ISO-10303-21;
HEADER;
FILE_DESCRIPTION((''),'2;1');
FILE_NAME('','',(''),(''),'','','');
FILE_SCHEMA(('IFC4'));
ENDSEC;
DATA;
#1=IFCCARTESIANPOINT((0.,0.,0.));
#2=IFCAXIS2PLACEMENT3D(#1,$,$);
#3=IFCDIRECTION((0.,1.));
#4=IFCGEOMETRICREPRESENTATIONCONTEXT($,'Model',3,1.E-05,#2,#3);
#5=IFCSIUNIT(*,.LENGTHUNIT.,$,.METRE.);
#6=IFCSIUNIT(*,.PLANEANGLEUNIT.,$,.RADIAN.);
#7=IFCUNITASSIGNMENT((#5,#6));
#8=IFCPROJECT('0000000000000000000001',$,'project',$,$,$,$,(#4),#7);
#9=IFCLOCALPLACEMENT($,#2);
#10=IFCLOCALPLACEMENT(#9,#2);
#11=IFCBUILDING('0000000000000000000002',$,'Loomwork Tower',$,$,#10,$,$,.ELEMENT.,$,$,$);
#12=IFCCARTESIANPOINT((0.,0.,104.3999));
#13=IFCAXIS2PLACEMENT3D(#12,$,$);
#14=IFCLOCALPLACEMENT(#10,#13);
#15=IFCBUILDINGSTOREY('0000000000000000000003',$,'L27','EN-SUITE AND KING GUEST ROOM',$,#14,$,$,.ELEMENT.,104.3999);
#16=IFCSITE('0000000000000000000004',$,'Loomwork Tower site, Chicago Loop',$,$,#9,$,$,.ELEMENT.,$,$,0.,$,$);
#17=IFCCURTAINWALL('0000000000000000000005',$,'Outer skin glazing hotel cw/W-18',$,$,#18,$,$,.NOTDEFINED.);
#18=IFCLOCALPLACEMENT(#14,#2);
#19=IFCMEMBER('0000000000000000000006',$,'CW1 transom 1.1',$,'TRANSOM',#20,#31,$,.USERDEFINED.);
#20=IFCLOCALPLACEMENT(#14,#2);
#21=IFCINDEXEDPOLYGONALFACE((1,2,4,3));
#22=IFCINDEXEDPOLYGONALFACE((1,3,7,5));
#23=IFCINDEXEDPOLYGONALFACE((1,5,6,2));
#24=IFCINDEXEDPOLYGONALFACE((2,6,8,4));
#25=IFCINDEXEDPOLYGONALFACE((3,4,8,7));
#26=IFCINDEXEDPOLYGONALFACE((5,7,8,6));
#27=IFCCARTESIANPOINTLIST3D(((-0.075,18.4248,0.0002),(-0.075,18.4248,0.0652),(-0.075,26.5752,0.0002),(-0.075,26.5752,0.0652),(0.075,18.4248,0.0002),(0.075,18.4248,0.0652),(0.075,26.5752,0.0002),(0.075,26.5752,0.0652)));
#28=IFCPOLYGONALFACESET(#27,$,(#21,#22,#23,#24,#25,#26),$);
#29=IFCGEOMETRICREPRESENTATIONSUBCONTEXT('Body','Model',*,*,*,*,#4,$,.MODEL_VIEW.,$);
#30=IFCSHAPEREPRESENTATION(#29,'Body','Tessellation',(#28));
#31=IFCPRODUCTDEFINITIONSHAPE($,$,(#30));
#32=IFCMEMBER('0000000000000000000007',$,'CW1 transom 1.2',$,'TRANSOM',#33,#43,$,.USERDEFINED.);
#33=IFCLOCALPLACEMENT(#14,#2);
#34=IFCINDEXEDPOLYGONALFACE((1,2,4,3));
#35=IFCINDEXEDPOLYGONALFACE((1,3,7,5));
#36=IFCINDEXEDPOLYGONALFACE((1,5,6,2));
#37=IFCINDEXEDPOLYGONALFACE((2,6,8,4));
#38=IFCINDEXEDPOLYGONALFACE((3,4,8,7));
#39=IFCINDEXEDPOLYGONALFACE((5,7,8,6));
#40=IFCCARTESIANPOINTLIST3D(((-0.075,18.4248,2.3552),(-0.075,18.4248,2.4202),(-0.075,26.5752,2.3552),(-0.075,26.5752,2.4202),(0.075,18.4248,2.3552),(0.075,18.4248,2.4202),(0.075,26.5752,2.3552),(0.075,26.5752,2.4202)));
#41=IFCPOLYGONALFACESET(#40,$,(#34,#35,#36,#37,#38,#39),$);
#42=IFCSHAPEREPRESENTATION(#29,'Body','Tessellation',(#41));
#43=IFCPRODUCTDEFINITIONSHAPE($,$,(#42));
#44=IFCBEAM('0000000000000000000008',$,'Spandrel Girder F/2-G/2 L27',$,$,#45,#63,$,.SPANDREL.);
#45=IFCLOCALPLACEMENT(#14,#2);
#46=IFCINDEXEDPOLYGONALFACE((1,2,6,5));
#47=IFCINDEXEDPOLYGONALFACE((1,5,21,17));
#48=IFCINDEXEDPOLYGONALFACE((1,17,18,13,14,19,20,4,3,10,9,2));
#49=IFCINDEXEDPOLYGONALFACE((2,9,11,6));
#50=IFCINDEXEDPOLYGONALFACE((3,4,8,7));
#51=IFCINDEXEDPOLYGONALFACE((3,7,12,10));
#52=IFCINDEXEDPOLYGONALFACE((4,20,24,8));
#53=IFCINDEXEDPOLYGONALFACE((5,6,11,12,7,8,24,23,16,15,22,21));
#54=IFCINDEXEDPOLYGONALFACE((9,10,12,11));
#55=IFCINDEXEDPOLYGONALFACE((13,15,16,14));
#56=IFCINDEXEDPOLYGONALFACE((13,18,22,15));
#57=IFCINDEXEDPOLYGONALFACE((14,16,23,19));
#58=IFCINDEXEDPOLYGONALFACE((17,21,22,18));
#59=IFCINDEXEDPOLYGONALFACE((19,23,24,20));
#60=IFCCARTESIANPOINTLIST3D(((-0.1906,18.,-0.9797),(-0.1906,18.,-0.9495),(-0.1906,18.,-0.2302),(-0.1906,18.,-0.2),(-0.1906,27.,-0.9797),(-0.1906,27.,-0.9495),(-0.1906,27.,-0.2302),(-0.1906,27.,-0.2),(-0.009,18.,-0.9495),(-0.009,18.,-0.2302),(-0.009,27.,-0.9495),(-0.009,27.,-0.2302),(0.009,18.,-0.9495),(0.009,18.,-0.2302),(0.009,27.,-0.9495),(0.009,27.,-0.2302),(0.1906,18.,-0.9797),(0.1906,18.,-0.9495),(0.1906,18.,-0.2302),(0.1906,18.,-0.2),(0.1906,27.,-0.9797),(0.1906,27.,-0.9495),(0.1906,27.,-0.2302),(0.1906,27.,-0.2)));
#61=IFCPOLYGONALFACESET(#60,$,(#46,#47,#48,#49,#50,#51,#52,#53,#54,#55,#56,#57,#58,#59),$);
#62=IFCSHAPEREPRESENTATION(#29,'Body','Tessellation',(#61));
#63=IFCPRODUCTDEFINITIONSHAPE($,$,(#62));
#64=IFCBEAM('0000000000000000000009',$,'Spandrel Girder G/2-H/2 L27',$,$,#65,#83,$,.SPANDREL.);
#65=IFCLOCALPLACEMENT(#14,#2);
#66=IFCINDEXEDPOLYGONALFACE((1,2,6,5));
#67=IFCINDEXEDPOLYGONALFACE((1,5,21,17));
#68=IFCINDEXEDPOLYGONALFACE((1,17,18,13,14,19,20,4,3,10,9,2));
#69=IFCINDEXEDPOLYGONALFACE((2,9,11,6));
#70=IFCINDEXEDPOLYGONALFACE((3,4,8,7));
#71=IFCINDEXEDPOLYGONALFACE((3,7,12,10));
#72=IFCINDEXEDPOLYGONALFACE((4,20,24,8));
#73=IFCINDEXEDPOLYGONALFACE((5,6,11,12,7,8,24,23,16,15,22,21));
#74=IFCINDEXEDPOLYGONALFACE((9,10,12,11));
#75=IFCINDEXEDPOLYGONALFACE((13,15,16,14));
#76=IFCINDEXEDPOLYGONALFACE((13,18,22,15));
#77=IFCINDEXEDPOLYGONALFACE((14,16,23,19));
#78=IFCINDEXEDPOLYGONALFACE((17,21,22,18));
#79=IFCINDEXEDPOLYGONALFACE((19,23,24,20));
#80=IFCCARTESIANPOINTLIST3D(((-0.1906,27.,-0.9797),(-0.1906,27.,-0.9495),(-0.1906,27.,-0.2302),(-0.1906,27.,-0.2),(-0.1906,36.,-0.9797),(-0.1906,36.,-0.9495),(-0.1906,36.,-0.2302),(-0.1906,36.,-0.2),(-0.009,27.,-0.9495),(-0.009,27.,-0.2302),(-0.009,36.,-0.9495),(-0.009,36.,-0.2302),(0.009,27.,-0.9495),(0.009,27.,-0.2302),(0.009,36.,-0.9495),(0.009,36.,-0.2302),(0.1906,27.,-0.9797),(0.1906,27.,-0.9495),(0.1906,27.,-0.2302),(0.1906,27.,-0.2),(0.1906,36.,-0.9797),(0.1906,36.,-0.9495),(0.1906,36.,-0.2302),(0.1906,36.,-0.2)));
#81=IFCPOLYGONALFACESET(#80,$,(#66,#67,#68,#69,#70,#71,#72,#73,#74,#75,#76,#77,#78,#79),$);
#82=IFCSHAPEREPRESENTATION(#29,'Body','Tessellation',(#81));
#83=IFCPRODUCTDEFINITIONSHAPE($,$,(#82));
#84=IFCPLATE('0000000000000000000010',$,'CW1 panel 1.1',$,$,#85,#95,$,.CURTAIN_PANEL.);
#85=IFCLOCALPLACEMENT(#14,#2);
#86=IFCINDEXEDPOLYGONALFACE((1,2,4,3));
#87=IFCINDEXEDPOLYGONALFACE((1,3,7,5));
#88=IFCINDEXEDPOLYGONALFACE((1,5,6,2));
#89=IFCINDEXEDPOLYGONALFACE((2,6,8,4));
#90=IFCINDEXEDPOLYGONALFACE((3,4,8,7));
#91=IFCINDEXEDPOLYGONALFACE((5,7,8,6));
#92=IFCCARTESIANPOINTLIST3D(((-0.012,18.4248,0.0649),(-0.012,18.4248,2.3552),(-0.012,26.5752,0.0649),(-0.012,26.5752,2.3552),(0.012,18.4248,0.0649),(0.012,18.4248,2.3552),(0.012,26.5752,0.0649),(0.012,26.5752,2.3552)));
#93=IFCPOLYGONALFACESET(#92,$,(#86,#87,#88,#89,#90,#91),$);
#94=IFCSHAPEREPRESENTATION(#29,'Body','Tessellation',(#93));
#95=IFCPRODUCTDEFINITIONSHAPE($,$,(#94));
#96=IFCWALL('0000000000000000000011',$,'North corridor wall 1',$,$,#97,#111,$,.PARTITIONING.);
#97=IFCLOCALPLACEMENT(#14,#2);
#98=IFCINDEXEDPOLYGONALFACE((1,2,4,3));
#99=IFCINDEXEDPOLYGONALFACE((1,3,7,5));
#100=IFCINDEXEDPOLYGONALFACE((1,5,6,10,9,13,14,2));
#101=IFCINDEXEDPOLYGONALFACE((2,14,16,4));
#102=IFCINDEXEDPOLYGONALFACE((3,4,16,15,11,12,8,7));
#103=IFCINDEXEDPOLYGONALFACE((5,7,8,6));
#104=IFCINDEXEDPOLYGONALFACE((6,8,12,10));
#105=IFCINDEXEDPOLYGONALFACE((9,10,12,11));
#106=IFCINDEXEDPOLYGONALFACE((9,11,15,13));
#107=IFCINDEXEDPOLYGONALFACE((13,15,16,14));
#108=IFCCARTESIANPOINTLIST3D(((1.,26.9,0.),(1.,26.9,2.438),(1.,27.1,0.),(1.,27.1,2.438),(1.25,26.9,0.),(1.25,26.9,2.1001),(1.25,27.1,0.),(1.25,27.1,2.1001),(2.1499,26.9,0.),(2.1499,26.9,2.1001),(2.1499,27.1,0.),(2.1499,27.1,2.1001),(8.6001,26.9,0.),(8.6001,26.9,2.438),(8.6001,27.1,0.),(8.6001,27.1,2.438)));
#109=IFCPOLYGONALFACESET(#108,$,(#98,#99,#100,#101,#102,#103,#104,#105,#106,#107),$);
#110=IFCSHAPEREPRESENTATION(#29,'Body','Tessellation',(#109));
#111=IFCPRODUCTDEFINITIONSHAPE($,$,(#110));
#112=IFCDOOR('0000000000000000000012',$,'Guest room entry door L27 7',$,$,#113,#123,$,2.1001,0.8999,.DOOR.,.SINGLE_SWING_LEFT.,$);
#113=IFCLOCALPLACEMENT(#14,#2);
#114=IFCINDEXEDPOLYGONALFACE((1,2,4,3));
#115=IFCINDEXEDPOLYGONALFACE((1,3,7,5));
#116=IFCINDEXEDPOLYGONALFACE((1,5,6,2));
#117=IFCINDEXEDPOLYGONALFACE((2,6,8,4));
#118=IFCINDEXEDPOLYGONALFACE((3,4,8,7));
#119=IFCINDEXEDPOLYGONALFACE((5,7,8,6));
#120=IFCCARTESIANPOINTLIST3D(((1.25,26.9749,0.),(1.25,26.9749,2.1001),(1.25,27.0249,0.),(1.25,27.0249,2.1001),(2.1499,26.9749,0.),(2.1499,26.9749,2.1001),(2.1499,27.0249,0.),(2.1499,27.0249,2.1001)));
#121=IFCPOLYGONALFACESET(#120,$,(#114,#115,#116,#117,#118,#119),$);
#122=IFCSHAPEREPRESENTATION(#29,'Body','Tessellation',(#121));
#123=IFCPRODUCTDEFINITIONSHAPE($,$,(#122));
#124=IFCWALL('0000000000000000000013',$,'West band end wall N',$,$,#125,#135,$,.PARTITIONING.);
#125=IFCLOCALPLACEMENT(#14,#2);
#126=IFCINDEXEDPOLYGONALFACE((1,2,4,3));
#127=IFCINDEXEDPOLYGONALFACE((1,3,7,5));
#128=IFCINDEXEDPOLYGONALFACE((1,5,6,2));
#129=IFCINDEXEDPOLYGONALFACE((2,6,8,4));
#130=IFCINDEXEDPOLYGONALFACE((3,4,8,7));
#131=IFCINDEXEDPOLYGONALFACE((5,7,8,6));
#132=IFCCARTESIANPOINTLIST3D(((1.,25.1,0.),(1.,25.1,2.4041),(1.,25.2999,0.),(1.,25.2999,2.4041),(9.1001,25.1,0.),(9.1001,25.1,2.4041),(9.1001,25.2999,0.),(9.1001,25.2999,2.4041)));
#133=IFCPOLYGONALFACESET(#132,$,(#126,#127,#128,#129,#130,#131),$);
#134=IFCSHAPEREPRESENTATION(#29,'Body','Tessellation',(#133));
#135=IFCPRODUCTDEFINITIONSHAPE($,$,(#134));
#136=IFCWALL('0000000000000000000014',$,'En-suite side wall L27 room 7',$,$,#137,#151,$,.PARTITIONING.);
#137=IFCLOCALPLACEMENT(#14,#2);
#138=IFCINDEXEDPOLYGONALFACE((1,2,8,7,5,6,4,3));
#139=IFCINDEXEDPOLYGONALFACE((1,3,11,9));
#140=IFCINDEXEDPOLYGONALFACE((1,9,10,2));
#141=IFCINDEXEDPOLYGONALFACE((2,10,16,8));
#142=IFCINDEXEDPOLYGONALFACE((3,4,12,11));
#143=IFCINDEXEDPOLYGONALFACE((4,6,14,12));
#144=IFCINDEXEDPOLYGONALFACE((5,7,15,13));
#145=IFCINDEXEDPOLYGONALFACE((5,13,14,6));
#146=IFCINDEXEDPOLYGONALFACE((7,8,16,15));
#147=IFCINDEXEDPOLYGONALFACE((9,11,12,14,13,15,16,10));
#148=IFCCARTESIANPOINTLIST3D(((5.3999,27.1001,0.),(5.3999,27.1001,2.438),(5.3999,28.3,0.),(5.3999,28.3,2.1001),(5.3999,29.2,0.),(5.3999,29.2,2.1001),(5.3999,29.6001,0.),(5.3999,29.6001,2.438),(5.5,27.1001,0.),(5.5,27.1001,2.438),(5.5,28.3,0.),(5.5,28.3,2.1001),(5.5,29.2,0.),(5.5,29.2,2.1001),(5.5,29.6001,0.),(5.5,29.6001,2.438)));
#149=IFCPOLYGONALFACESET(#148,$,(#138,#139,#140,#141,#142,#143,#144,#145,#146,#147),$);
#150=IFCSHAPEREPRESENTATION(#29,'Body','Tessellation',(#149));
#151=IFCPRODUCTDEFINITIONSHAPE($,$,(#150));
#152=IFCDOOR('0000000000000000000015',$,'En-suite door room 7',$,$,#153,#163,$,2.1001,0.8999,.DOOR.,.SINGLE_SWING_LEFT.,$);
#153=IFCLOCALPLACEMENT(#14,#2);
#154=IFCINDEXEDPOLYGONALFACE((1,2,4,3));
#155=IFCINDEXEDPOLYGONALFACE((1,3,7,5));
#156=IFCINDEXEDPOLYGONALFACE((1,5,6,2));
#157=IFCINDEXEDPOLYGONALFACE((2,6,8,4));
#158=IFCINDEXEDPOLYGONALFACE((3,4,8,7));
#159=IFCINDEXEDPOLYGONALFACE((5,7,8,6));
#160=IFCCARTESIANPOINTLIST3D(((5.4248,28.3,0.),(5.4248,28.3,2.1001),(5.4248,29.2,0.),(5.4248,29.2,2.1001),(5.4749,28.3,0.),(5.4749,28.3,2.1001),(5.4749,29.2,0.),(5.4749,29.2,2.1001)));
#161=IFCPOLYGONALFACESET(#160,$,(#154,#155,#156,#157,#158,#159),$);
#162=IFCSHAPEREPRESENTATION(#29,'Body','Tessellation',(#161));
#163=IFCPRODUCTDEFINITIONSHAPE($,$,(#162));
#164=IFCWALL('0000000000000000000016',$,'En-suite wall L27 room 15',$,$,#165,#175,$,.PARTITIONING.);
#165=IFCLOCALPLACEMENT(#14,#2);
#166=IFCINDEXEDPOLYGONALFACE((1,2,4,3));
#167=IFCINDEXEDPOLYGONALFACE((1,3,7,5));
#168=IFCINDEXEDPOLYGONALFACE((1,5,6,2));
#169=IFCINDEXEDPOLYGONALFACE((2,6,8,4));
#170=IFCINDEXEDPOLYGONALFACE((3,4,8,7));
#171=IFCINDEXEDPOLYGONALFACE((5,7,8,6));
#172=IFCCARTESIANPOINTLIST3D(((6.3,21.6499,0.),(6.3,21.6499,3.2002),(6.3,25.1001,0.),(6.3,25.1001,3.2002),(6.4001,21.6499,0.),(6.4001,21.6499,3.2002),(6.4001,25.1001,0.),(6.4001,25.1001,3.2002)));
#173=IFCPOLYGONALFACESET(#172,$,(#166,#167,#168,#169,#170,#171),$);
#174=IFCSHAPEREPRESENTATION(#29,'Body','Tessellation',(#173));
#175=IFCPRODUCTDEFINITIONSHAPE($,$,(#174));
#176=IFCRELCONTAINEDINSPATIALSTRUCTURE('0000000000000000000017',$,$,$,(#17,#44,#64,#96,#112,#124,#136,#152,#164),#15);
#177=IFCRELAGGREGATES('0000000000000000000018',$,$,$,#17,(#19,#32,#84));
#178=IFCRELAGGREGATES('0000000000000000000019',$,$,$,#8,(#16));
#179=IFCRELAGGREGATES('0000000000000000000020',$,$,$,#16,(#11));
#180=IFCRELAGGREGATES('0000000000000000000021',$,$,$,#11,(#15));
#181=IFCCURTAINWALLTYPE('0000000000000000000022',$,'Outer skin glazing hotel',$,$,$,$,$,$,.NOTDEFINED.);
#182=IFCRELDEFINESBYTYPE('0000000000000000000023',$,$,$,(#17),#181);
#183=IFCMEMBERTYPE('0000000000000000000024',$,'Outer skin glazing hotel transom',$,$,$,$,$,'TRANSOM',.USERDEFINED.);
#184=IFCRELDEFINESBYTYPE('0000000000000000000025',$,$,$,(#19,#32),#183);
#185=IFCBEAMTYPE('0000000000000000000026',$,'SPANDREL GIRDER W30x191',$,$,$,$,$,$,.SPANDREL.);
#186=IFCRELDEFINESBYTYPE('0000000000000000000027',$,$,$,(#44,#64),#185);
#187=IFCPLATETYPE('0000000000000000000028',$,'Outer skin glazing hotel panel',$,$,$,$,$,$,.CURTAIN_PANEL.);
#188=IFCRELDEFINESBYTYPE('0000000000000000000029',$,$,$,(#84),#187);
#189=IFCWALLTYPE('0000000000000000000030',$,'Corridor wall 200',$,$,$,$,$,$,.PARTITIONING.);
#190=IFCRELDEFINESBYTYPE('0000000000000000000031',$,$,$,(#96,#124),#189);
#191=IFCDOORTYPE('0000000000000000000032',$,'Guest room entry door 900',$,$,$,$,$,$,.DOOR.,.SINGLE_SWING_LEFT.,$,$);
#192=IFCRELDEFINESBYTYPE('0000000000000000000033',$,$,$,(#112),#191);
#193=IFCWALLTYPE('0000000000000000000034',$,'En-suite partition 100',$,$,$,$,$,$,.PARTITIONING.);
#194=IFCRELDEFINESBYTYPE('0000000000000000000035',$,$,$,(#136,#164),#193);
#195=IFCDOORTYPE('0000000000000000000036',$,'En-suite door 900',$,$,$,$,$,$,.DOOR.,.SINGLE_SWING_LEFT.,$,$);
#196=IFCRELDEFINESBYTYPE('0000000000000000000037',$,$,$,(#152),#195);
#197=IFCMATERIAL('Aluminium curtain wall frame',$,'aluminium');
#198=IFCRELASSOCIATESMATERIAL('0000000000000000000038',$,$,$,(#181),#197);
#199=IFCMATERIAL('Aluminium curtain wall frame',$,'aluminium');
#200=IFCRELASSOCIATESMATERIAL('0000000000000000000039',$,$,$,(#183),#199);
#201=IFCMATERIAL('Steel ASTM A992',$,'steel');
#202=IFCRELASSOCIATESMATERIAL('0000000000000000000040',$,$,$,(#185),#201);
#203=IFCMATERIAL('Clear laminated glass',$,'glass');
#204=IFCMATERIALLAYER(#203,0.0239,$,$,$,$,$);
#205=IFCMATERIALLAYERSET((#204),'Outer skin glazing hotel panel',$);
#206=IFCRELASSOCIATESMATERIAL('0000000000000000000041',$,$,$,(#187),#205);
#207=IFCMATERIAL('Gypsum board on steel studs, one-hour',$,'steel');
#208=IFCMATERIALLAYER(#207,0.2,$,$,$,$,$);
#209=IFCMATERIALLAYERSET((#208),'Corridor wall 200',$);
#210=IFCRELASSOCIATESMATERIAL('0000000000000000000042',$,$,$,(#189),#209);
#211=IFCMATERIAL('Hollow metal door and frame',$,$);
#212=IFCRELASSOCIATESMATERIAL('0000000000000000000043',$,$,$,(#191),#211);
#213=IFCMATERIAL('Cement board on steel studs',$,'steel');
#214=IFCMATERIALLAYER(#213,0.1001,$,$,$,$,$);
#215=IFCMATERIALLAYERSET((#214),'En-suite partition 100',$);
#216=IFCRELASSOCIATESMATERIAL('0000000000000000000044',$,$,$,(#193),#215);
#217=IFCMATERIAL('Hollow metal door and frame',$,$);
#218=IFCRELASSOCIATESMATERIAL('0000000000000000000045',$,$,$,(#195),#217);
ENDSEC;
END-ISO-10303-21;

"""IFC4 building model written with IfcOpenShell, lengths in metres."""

from ifc_helpers import new_model, si_unit, direction, frame, frame_2d, origin, origin_2d, place, context, subcontext, project, spatial, rectangle, i_section, extrude, material, layer, layer_set, material_profile, profile_set, type_object, element, fill, aggregate, save


model = new_model("IFC4")

# Units and contexts
model_context = context("Model", 3, precision=1e-05, world=origin(), true_north=direction((0.0, 1.0)))
body_context = subcontext(model_context, "Body", "Model", "MODEL_VIEW")
ifc_project = project(units=[si_unit("LENGTHUNIT", "METRE"), si_unit("PLANEANGLEUNIT", "RADIAN")], contexts=[model_context])

# Site, building, storey
site_placement = place(None, origin())
site = spatial("IfcSite", under=ifc_project, at=site_placement, Name="Loomwork Tower site, Chicago Loop", CompositionType="ELEMENT", RefElevation=0.0)
building_placement = place(site_placement, origin())
building = spatial("IfcBuilding", under=site, at=building_placement, Name="Loomwork Tower", CompositionType="ELEMENT")
storey_placement = place(building_placement, frame((0.0, 0.0, 104.3999)))
storey = spatial("IfcBuildingStorey", under=building, at=storey_placement, Name="L27", Description="EN-SUITE AND KING GUEST ROOM", CompositionType="ELEMENT", Elevation=104.3999)

# Shared definitions
ifc_material_1 = material(Name="Aluminium curtain wall frame", Category="aluminium")
curtain_wall_type = type_object("IfcCurtainWallType", Name="Outer skin glazing hotel", PredefinedType="NOTDEFINED", material=ifc_material_1)

# Curtain wall
curtain_wall_1_placement = place(storey_placement, origin())
curtain_wall_1 = element("IfcCurtainWall", 1, at=curtain_wall_1_placement, inside=storey, type_object=curtain_wall_type, Name="Outer skin glazing hotel cw/W-18", PredefinedType="NOTDEFINED")

# Members
ifc_material_2 = material(Name="Aluminium curtain wall frame", Category="aluminium")
ifc_material_profile_1 = material_profile(ifc_material_2, rectangle(XDim=0.1499, YDim=0.0649, at=origin_2d()), Name="AL 65x150")
ifc_profile_set_1 = profile_set([ifc_material_profile_1], Name="Aluminium curtain wall frame")
member_type_1 = type_object("IfcMemberType", Name="Outer skin glazing hotel transom", ElementType="TRANSOM", PredefinedType="USERDEFINED", material=ifc_profile_set_1)
member_1_placement = place(storey_placement, frame((0.0, 26.5752, 0.0327), z_axis=(0.0, -1.0, 0.0), x_axis=(1.0, 0.0, 0.0)))
member_1 = element("IfcMember", 2, at=member_1_placement, type_object=member_type_1, Name="CW1 transom 1.1", ObjectType="TRANSOM", PredefinedType="USERDEFINED", context=body_context, shape_type="SweptSolid", body=[
    extrude(rectangle(XDim=0.1499, YDim=0.0649, at=origin_2d()), origin(), (0.0, 0.0, 1.0), 8.1504),
])
member_2_placement = place(storey_placement, frame((0.0, 26.5752, 2.3877), z_axis=(0.0, -1.0, 0.0), x_axis=(1.0, 0.0, 0.0)))
member_2 = element("IfcMember", 3, at=member_2_placement, type_object=member_type_1, Name="CW1 transom 1.2", ObjectType="TRANSOM", PredefinedType="USERDEFINED", context=body_context, shape_type="SweptSolid", body=[
    extrude(rectangle(XDim=0.1499, YDim=0.0649, at=origin_2d()), origin(), (0.0, 0.0, 1.0), 8.1504),
])

# Beams
ifc_material_3 = material(Name="Steel ASTM A992", Category="steel")
ifc_material_profile_2 = material_profile(ifc_material_3, i_section(OverallWidth=0.3811, OverallDepth=0.7798, WebThickness=0.0181, FlangeThickness=0.0303, at=origin_2d()), Name="W30x191")
ifc_profile_set_2 = profile_set([ifc_material_profile_2], Name="Steel ASTM A992")
beam_type_1 = type_object("IfcBeamType", Name="SPANDREL GIRDER W30x191", PredefinedType="SPANDREL", material=ifc_profile_set_2)
for number, where, z_axis, x_axis, name in (
    (4, (0.0, 18.0, -0.5898), (0.0, 1.0, 0.0), (-1.0, 0.0, 0.0), "Spandrel Girder F/2-G/2 L27"),
    (5, (0.0, 27.0, -0.5898), (0.0, 1.0, 0.0), (-1.0, 0.0, 0.0), "Spandrel Girder G/2-H/2 L27"),
):
    element("IfcBeam", number, at=place(storey_placement, frame(where, z_axis=z_axis, x_axis=x_axis)), inside=storey, type_object=beam_type_1, Name=name, PredefinedType="SPANDREL", context=body_context, shape_type="SweptSolid", body=[
        extrude(i_section(OverallWidth=0.3811, OverallDepth=0.7798, WebThickness=0.0181, FlangeThickness=0.0303, at=origin_2d()), origin(), (0.0, 0.0, 1.0), 9.0),
    ])

# Plate
ifc_material_4 = material(Name="Clear laminated glass", Category="glass")
ifc_layer_1 = layer(ifc_material_4, 0.0239)
ifc_layer_set_1 = layer_set([ifc_layer_1], Name="Outer skin glazing hotel panel")
plate_type = type_object("IfcPlateType", Name="Outer skin glazing hotel panel", PredefinedType="CURTAIN_PANEL", material=ifc_layer_set_1)
plate_placement = place(storey_placement, frame((0.0, 22.5, 0.0649), z_axis=(0.0, 0.0, 1.0), x_axis=(0.0, -1.0, 0.0)))
plate = element("IfcPlate", 6, at=plate_placement, type_object=plate_type, Name="CW1 panel 1.1", PredefinedType="CURTAIN_PANEL", context=body_context, shape_type="SweptSolid", body=[
    extrude(rectangle(XDim=8.1504, YDim=0.0239, at=origin_2d()), origin(), (0.0, 0.0, 1.0), 2.2903),
])
aggregate(curtain_wall_1, [member_1, member_2, plate])

# Wall, opening, door
ifc_material_5 = material(Name="Gypsum board on steel studs, one-hour", Category="steel")
ifc_layer_2 = layer(ifc_material_5, 0.2)
ifc_layer_set_2 = layer_set([ifc_layer_2], Name="Corridor wall 200")
wall_type_1 = type_object("IfcWallType", Name="Corridor wall 200", PredefinedType="PARTITIONING", material=ifc_layer_set_2)
wall_1_placement = place(storey_placement, frame((1.0, 27.0, 0.0), z_axis=(0.0, 0.0, 1.0), x_axis=(1.0, 0.0, 0.0)))
wall_1 = element("IfcWall", 7, at=wall_1_placement, inside=storey, type_object=wall_type_1, Name="North corridor wall 1", PredefinedType="PARTITIONING", context=body_context, shape_type="SweptSolid", body=[
    extrude(rectangle(XDim=7.6001, YDim=0.2, at=frame_2d((3.8, 0.0))), origin(), (0.0, 0.0, 1.0), 2.438),
])
opening_1_placement = place(wall_1_placement, frame((0.25, 0.0, 0.0)))
opening_1 = element("IfcOpeningElement", 8, at=opening_1_placement, cuts=wall_1, PredefinedType="OPENING", context=body_context, shape_type="SweptSolid", body=[
    extrude(rectangle(XDim=0.8999, YDim=2.1001, at=frame_2d((0.45, 1.05))), frame((0.0, 0.1099, 0.0), z_axis=(0.0, -1.0, 0.0), x_axis=(1.0, 0.0, 0.0)), (0.0, 0.0, 1.0), 0.22),
])
ifc_material_6 = material(Name="Hollow metal door and frame")
door_type_1 = type_object("IfcDoorType", Name="Guest room entry door 900", OperationType="SINGLE_SWING_LEFT", PredefinedType="DOOR", material=ifc_material_6)
door_1_placement = place(opening_1_placement, origin())
door_1 = element("IfcDoor", 9, at=door_1_placement, inside=storey, type_object=door_type_1, Name="Guest room entry door L27 7", OperationType="SINGLE_SWING_LEFT", OverallHeight=2.1001, OverallWidth=0.8999, PredefinedType="DOOR", context=body_context, shape_type="SweptSolid", body=[
    extrude(rectangle(XDim=0.8999, YDim=2.1001, at=frame_2d((0.45, 1.05))), frame((0.0, 0.0249, 0.0), z_axis=(0.0, -1.0, 0.0), x_axis=(1.0, 0.0, 0.0)), (0.0, 0.0, 1.0), 0.05),
])
fill(opening_1, door_1)

# Wall
wall_2_placement = place(storey_placement, frame((1.0, 25.2, 0.0), z_axis=(0.0, 0.0, 1.0), x_axis=(1.0, 0.0, 0.0)))
element("IfcWall", 10, at=wall_2_placement, inside=storey, type_object=wall_type_1, Name="West band end wall N", PredefinedType="PARTITIONING", context=body_context, shape_type="SweptSolid", body=[
    extrude(rectangle(XDim=8.1001, YDim=0.2, at=frame_2d((4.05, 0.0))), origin(), (0.0, 0.0, 1.0), 2.4041),
])

# Wall, opening, door
ifc_material_7 = material(Name="Cement board on steel studs", Category="steel")
ifc_layer_3 = layer(ifc_material_7, 0.1001)
ifc_layer_set_3 = layer_set([ifc_layer_3], Name="En-suite partition 100")
wall_type_2 = type_object("IfcWallType", Name="En-suite partition 100", PredefinedType="PARTITIONING", material=ifc_layer_set_3)
wall_3_placement = place(storey_placement, frame((5.45, 27.1001, 0.0), z_axis=(0.0, 0.0, 1.0), x_axis=(0.0, 1.0, 0.0)))
wall_3 = element("IfcWall", 11, at=wall_3_placement, inside=storey, type_object=wall_type_2, Name="En-suite side wall L27 room 7", PredefinedType="PARTITIONING", context=body_context, shape_type="SweptSolid", body=[
    extrude(rectangle(XDim=2.5, YDim=0.1001, at=frame_2d((1.25, 0.0))), origin(), (0.0, 0.0, 1.0), 2.438),
])
opening_2_placement = place(wall_3_placement, frame((1.2, 0.0, 0.0)))
opening_2 = element("IfcOpeningElement", 12, at=opening_2_placement, cuts=wall_3, PredefinedType="OPENING", context=body_context, shape_type="SweptSolid", body=[
    extrude(rectangle(XDim=0.8999, YDim=2.1001, at=frame_2d((0.45, 1.05))), frame((0.0, 0.0601, 0.0), z_axis=(0.0, -1.0, 0.0), x_axis=(1.0, 0.0, 0.0)), (0.0, 0.0, 1.0), 0.1201),
])
ifc_material_8 = material(Name="Hollow metal door and frame")
door_type_2 = type_object("IfcDoorType", Name="En-suite door 900", OperationType="SINGLE_SWING_LEFT", PredefinedType="DOOR", material=ifc_material_8)
door_2_placement = place(opening_2_placement, frame((0.8999, 0.0, 0.0), z_axis=(0.0, 0.0, 1.0), x_axis=(-1.0, 0.0, 0.0)))
door_2 = element("IfcDoor", 13, at=door_2_placement, inside=storey, type_object=door_type_2, Name="En-suite door room 7", OperationType="SINGLE_SWING_LEFT", OverallHeight=2.1001, OverallWidth=0.8999, PredefinedType="DOOR", context=body_context, shape_type="SweptSolid", body=[
    extrude(rectangle(XDim=0.8999, YDim=2.1001, at=frame_2d((0.45, 1.05))), frame((0.0, 0.0249, 0.0), z_axis=(0.0, -1.0, 0.0), x_axis=(1.0, 0.0, 0.0)), (0.0, 0.0, 1.0), 0.05),
])
fill(opening_2, door_2)

# Wall
wall_4_placement = place(storey_placement, frame((6.3501, 21.6499, 0.0), z_axis=(0.0, 0.0, 1.0), x_axis=(0.0, 1.0, 0.0)))
element("IfcWall", 14, at=wall_4_placement, inside=storey, type_object=wall_type_2, Name="En-suite wall L27 room 15", PredefinedType="PARTITIONING", context=body_context, shape_type="SweptSolid", body=[
    extrude(rectangle(XDim=3.4502, YDim=0.1001, at=frame_2d((1.7251, 0.0))), origin(), (0.0, 0.0, 1.0), 3.2002),
])

save(model, "model.ifc")
